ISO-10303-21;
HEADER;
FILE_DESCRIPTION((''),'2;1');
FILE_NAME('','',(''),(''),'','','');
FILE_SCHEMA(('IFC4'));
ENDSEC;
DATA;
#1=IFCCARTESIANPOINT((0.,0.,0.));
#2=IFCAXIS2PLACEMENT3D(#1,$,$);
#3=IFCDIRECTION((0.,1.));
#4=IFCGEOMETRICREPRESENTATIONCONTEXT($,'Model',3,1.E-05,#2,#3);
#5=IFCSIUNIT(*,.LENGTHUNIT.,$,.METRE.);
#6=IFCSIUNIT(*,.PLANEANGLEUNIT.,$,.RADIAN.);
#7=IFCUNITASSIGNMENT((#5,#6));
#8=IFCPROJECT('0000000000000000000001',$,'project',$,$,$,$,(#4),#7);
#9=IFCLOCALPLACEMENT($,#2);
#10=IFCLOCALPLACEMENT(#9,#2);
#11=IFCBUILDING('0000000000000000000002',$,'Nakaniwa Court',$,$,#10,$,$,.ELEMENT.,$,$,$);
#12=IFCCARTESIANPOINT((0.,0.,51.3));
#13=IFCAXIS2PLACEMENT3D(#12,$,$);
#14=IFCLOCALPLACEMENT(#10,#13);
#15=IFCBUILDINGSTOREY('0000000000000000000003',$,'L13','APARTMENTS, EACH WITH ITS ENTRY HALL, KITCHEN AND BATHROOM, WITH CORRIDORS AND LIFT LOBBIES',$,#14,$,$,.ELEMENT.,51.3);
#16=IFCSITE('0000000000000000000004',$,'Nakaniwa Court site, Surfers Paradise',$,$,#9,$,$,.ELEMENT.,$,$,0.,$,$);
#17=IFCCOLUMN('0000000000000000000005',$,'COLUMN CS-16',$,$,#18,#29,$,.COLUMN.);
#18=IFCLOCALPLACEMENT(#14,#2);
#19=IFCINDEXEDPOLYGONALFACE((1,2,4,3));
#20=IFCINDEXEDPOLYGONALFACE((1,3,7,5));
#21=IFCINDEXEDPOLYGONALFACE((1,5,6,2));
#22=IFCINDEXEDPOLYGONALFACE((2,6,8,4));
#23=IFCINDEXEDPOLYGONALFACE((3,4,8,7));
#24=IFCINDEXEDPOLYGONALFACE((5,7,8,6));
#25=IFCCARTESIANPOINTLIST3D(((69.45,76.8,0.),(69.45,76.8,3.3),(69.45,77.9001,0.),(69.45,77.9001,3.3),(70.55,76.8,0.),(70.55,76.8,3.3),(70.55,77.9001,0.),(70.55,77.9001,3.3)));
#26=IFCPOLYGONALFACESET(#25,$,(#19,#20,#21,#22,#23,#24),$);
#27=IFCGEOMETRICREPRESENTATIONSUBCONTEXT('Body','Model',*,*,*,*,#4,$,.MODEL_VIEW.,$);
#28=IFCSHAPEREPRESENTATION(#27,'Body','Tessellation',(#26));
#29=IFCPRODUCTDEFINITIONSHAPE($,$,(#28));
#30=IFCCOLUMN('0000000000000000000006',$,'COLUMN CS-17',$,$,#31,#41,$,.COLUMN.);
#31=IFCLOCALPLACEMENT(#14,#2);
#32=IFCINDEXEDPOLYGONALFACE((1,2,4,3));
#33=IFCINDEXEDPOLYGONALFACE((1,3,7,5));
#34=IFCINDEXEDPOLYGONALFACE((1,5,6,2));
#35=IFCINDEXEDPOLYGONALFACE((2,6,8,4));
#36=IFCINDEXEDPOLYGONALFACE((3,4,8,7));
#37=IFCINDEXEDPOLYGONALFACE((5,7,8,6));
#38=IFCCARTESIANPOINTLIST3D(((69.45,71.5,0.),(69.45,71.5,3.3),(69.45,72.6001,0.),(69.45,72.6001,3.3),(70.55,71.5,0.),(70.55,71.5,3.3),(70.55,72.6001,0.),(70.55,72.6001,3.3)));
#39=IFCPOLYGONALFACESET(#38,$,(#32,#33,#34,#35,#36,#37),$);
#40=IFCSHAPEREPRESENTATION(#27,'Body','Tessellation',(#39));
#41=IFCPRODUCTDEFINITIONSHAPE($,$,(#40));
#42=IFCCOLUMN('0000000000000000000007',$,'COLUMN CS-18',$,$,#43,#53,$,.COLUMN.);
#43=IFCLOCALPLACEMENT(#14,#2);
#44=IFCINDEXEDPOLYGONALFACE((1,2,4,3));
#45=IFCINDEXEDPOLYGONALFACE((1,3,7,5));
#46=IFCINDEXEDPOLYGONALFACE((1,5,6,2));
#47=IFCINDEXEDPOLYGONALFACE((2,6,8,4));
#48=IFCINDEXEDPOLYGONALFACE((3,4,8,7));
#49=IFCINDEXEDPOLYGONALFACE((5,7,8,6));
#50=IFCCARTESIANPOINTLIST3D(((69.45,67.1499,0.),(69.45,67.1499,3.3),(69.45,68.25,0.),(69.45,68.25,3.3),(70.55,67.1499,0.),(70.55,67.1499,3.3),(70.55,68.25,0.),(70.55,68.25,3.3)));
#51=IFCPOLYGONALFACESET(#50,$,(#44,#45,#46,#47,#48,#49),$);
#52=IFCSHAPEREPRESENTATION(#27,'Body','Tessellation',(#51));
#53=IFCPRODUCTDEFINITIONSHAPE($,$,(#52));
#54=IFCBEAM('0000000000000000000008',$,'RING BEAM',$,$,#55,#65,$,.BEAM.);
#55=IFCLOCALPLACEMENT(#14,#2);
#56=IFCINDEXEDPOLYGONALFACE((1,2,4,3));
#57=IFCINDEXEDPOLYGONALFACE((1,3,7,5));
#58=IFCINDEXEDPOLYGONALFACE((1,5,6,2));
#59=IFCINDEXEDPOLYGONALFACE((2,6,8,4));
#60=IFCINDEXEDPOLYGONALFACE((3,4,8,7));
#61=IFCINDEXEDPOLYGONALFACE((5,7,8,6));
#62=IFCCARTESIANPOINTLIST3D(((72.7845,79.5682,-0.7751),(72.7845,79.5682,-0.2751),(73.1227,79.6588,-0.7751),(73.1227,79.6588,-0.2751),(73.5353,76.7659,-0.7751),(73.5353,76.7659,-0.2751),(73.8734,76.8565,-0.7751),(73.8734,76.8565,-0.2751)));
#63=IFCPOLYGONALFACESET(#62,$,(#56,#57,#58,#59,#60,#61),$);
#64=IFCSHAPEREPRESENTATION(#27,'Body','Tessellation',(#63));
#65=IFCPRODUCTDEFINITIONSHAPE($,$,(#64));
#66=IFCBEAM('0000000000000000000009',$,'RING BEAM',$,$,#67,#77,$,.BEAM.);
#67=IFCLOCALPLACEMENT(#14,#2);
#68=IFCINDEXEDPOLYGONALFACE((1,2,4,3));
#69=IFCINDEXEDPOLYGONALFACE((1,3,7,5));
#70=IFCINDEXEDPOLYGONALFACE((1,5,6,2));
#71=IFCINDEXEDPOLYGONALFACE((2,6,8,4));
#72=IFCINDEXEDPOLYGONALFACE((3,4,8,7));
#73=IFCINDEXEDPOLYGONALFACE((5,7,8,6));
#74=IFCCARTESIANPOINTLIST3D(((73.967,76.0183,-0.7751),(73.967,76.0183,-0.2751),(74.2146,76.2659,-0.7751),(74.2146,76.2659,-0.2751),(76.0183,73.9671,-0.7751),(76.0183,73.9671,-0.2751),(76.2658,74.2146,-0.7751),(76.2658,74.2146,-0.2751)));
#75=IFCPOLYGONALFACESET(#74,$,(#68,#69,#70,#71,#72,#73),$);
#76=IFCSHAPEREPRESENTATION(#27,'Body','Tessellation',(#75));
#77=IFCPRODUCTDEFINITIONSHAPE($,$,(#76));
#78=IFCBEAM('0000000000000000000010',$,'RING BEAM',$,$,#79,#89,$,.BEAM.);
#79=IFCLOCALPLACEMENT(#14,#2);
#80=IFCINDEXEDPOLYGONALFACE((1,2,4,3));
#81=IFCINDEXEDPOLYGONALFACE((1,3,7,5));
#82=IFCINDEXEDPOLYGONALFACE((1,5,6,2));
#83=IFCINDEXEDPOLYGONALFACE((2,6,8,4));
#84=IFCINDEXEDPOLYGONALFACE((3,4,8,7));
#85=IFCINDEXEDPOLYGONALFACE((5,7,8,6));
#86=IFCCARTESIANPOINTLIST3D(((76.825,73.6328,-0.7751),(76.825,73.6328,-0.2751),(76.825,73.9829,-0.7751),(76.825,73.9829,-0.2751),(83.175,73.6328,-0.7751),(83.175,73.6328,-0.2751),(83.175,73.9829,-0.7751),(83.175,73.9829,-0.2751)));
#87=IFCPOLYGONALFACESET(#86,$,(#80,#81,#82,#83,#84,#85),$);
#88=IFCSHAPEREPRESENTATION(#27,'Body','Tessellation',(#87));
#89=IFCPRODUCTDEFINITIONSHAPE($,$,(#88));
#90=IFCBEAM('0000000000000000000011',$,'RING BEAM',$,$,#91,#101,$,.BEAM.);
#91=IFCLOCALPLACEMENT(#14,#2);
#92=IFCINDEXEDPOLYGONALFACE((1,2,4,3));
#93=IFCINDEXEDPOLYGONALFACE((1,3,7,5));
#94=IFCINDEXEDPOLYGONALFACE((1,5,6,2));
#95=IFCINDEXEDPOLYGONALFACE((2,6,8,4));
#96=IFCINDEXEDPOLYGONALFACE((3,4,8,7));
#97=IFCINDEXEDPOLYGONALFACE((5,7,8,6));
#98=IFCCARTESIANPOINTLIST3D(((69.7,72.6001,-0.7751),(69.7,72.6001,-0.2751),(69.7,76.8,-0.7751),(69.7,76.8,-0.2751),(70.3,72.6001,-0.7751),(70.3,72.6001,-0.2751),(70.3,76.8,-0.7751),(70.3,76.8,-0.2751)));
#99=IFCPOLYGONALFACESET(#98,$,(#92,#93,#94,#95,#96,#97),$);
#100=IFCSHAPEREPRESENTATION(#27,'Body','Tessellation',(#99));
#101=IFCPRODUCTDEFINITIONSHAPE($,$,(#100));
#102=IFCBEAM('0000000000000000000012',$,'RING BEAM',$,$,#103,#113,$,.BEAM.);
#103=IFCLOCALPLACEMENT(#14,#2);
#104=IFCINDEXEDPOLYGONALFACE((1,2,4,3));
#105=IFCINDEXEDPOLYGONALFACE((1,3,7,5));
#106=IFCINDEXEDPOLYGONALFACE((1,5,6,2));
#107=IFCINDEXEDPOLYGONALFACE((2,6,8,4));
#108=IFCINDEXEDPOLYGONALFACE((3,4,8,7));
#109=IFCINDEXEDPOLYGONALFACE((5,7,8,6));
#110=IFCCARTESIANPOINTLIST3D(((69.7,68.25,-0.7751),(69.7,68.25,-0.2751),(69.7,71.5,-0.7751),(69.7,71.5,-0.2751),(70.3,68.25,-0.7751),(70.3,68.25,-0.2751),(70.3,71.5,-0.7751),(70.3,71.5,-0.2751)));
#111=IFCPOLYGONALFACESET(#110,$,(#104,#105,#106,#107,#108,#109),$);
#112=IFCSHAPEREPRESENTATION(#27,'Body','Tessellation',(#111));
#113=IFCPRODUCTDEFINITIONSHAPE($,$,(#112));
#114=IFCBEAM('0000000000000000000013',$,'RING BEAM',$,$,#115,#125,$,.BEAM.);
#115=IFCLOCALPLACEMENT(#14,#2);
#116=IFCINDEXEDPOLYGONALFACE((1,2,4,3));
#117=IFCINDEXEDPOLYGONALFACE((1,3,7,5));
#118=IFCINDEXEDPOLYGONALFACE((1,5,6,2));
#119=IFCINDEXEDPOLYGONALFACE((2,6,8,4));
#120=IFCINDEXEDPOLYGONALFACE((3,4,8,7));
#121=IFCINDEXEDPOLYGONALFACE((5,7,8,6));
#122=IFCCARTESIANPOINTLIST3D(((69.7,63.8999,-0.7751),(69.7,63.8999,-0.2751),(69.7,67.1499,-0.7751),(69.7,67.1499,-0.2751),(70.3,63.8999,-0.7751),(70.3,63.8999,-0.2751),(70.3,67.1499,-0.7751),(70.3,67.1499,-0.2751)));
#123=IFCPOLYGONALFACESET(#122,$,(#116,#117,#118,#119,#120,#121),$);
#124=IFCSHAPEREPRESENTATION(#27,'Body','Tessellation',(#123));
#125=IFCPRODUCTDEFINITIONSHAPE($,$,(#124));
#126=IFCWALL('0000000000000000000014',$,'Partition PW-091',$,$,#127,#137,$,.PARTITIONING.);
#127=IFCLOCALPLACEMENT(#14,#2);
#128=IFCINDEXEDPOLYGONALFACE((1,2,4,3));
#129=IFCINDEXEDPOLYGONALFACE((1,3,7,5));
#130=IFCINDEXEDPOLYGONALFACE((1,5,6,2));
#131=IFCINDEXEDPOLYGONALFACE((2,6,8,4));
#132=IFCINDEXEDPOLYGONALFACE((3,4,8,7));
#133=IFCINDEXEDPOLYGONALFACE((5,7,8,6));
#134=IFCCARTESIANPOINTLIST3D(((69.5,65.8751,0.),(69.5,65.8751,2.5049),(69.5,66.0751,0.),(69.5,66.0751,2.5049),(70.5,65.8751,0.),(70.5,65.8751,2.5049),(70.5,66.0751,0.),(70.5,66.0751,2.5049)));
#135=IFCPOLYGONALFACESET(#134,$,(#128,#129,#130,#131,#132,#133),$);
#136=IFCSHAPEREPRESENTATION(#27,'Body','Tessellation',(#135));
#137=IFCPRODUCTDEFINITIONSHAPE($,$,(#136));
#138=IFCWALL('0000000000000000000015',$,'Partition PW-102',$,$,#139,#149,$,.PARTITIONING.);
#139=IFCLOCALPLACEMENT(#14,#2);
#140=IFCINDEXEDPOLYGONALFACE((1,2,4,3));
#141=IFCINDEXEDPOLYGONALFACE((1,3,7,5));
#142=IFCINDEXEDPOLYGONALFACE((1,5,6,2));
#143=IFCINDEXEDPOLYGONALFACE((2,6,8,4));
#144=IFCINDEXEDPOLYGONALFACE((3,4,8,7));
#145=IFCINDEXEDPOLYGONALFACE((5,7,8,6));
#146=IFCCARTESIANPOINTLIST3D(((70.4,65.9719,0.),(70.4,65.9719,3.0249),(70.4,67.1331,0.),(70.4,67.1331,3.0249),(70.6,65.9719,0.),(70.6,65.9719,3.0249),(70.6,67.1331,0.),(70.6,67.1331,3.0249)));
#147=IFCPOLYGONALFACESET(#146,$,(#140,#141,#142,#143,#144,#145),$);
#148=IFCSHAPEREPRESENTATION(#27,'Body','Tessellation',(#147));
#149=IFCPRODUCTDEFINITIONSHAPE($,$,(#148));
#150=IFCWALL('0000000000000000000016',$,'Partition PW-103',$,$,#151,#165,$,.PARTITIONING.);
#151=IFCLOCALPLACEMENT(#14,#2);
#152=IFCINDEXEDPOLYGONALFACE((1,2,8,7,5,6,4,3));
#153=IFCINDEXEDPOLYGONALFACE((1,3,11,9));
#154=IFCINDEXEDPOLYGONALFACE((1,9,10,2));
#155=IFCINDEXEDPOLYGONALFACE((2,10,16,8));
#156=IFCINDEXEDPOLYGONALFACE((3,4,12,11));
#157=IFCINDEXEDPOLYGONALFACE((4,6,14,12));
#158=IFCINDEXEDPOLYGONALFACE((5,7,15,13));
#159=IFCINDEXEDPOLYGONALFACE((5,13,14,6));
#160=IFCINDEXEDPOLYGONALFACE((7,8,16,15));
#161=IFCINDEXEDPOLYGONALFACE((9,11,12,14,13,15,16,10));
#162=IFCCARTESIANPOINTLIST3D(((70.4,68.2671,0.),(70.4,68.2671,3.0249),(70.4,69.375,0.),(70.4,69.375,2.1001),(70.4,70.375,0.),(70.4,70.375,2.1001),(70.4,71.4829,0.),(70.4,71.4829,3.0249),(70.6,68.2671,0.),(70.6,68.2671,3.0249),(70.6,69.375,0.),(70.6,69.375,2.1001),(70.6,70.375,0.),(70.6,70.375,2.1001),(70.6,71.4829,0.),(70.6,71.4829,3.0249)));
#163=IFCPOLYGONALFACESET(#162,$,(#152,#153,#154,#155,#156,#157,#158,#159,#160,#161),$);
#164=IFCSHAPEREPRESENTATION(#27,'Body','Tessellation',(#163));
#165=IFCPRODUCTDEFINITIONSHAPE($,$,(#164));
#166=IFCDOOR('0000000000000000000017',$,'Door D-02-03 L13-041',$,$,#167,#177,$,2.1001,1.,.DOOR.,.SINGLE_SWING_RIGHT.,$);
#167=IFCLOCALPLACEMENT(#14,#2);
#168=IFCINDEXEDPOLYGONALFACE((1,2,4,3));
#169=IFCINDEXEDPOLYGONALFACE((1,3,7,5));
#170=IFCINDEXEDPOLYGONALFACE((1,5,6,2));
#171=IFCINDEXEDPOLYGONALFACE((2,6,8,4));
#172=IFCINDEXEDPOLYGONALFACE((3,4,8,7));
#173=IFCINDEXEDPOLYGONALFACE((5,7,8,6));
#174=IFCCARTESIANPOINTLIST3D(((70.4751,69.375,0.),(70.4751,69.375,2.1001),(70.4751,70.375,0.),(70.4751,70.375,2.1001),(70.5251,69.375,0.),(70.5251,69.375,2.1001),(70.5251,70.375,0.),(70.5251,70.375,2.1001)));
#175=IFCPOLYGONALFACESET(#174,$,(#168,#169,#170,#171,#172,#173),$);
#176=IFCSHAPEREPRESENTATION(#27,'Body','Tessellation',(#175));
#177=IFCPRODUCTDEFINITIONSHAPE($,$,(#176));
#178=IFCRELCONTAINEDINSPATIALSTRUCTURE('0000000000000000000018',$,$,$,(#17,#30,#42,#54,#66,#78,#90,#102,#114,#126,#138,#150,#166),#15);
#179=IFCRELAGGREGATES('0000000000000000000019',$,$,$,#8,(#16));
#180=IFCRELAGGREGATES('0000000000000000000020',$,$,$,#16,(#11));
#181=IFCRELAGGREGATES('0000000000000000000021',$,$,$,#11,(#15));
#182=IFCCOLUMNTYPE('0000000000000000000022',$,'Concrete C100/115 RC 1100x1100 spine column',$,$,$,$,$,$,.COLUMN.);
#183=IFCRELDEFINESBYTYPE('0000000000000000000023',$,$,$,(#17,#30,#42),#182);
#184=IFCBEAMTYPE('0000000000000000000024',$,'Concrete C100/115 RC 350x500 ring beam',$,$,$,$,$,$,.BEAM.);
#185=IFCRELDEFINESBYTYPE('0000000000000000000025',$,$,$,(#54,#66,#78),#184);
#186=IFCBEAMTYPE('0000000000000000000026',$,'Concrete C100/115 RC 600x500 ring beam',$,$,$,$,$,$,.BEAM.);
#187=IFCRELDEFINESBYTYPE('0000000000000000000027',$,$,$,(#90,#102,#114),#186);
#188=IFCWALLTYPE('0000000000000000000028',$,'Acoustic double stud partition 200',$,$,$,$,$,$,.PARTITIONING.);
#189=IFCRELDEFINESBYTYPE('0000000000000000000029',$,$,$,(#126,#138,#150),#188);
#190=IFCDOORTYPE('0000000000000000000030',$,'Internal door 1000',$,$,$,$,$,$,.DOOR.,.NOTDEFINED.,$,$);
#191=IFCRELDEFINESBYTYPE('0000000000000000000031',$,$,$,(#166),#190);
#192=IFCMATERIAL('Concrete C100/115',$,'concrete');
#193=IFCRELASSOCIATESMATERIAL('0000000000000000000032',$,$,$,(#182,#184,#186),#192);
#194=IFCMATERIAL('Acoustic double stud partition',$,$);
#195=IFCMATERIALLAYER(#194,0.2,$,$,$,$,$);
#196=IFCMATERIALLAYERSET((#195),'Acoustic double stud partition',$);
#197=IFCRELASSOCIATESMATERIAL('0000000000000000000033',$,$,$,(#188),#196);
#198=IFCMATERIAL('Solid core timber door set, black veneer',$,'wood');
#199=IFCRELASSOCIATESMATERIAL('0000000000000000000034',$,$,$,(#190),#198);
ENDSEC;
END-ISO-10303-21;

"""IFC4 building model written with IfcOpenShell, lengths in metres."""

from ifc_helpers import new_model, si_unit, direction, frame, frame_2d, origin, origin_2d, place, context, subcontext, project, spatial, rectangle, extrude, material, layer, layer_set, material_profile, profile_set, type_object, element, fill, save


model = new_model("IFC4")

# Units and contexts
model_context = context("Model", 3, precision=1e-05, world=origin(), true_north=direction((0.0, 1.0)))
body_context = subcontext(model_context, "Body", "Model", "MODEL_VIEW")
ifc_project = project(units=[si_unit("LENGTHUNIT", "METRE"), si_unit("PLANEANGLEUNIT", "RADIAN")], contexts=[model_context])

# Site, building, storey
site_placement = place(None, origin())
site = spatial("IfcSite", under=ifc_project, at=site_placement, Name="Nakaniwa Court site, Surfers Paradise", CompositionType="ELEMENT", RefElevation=0.0)
building_placement = place(site_placement, origin())
building = spatial("IfcBuilding", under=site, at=building_placement, Name="Nakaniwa Court", CompositionType="ELEMENT")
storey_placement = place(building_placement, frame((0.0, 0.0, 51.3)))
storey = spatial("IfcBuildingStorey", under=building, at=storey_placement, Name="L13", Description="APARTMENTS, EACH WITH ITS ENTRY HALL, KITCHEN AND BATHROOM, WITH CORRIDORS AND LIFT LOBBIES", CompositionType="ELEMENT", Elevation=51.3)

# Columns
ifc_material_1 = material(Name="Concrete C100/115", Category="concrete")
ifc_material_profile_1 = material_profile(ifc_material_1, rectangle(XDim=1.1001, YDim=1.1001, at=origin_2d()), Name="Concrete C100/115 RC 1100x1100 spine column")
ifc_profile_set_1 = profile_set([ifc_material_profile_1], Name="Concrete C100/115")
column_type_1 = type_object("IfcColumnType", Name="Concrete C100/115 RC 1100x1100 spine column", PredefinedType="COLUMN", material=ifc_profile_set_1)
for number, where, z_axis, x_axis, name in (
    (1, (70.0, 77.3501, 0.0), (0.0, 0.0, 1.0), (0.0, -1.0, 0.0), "COLUMN CS-16"),
    (2, (70.0, 72.05, 0.0), (0.0, 0.0, 1.0), (0.0, -1.0, 0.0), "COLUMN CS-17"),
    (3, (70.0, 67.7, 0.0), (0.0, 0.0, 1.0), (0.0, -1.0, 0.0), "COLUMN CS-18"),
):
    element("IfcColumn", number, at=place(storey_placement, frame(where, z_axis=z_axis, x_axis=x_axis)), inside=storey, type_object=column_type_1, Name=name, PredefinedType="COLUMN", context=body_context, shape_type="SweptSolid", body=[
        extrude(rectangle(XDim=1.1001, YDim=1.1001, at=origin_2d()), origin(), (0.0, 0.0, 1.0), 3.3),
    ])

# Beams
ifc_material_profile_2 = material_profile(ifc_material_1, rectangle(XDim=0.3501, YDim=0.5, at=origin_2d()), Name="Concrete C100/115 RC 350x500 ring beam")
ifc_profile_set_2 = profile_set([ifc_material_profile_2], Name="Concrete C100/115")
beam_type_1 = type_object("IfcBeamType", Name="Concrete C100/115 RC 350x500 ring beam", PredefinedType="BEAM", material=ifc_profile_set_2)
beam_1_placement = place(storey_placement, frame((72.9536, 79.6135, -0.5251), z_axis=(0.258778, -0.965937, 0.0), x_axis=(0.965937, 0.258778, 0.0)))
element("IfcBeam", 4, at=beam_1_placement, inside=storey, type_object=beam_type_1, Name="RING BEAM", PredefinedType="BEAM", context=body_context, shape_type="SweptSolid", body=[
    extrude(rectangle(XDim=0.3501, YDim=0.5, at=origin_2d()), origin(), (0.0, 0.0, 1.0), 2.9011),
])
beam_2_placement = place(storey_placement, frame((74.0908, 76.1421, -0.5251), z_axis=(0.707107, -0.707107, 0.0), x_axis=(0.707107, 0.707107, 0.0)))
element("IfcBeam", 5, at=beam_2_placement, inside=storey, type_object=beam_type_1, Name="RING BEAM", PredefinedType="BEAM", context=body_context, shape_type="SweptSolid", body=[
    extrude(rectangle(XDim=0.3501, YDim=0.5, at=origin_2d()), origin(), (0.0, 0.0, 1.0), 2.9009),
])
beam_3_placement = place(storey_placement, frame((76.825, 73.8079, -0.5251), z_axis=(1.0, 0.0, 0.0), x_axis=(0.0, 1.0, 0.0)))
element("IfcBeam", 6, at=beam_3_placement, inside=storey, type_object=beam_type_1, Name="RING BEAM", PredefinedType="BEAM", context=body_context, shape_type="SweptSolid", body=[
    extrude(rectangle(XDim=0.3501, YDim=0.5, at=origin_2d()), origin(), (0.0, 0.0, 1.0), 6.3501),
])
ifc_material_profile_3 = material_profile(ifc_material_1, rectangle(XDim=0.6001, YDim=0.5, at=origin_2d()), Name="Concrete C100/115 RC 600x500 ring beam")
ifc_profile_set_3 = profile_set([ifc_material_profile_3], Name="Concrete C100/115")
beam_type_2 = type_object("IfcBeamType", Name="Concrete C100/115 RC 600x500 ring beam", PredefinedType="BEAM", material=ifc_profile_set_3)
beam_4_placement = place(storey_placement, frame((70.0, 76.8, -0.5251), z_axis=(0.0, -1.0, 0.0), x_axis=(1.0, 0.0, 0.0)))
element("IfcBeam", 7, at=beam_4_placement, inside=storey, type_object=beam_type_2, Name="RING BEAM", PredefinedType="BEAM", context=body_context, shape_type="SweptSolid", body=[
    extrude(rectangle(XDim=0.6001, YDim=0.5, at=origin_2d()), origin(), (0.0, 0.0, 1.0), 4.2),
])
for number, where, z_axis, x_axis, name in (
    (8, (70.0, 71.5, -0.5251), (0.0, -1.0, 0.0), (1.0, 0.0, 0.0), "RING BEAM"),
    (9, (70.0, 67.1499, -0.5251), (0.0, -1.0, 0.0), (1.0, 0.0, 0.0), "RING BEAM"),
):
    element("IfcBeam", number, at=place(storey_placement, frame(where, z_axis=z_axis, x_axis=x_axis)), inside=storey, type_object=beam_type_2, Name=name, PredefinedType="BEAM", context=body_context, shape_type="SweptSolid", body=[
        extrude(rectangle(XDim=0.6001, YDim=0.5, at=origin_2d()), origin(), (0.0, 0.0, 1.0), 3.25),
    ])

# Walls
ifc_material_2 = material(Name="Acoustic double stud partition")
ifc_layer_1 = layer(ifc_material_2, 0.2)
ifc_layer_set_1 = layer_set([ifc_layer_1], Name="Acoustic double stud partition")
wall_type_1 = type_object("IfcWallType", Name="Acoustic double stud partition 200", PredefinedType="PARTITIONING", material=ifc_layer_set_1)
wall_1_placement = place(storey_placement, frame((69.5, 65.9751, 0.0), z_axis=(0.0, 0.0, 1.0), x_axis=(1.0, 0.0, 0.0)))
element("IfcWall", 10, at=wall_1_placement, inside=storey, type_object=wall_type_1, Name="Partition PW-091", PredefinedType="PARTITIONING", context=body_context, shape_type="SweptSolid", body=[
    extrude(rectangle(XDim=1.0, YDim=0.2, at=frame_2d((0.5, 0.0))), origin(), (0.0, 0.0, 1.0), 2.5049),
])
wall_2_placement = place(storey_placement, frame((70.5, 65.9719, 0.0), z_axis=(0.0, 0.0, 1.0), x_axis=(0.0, 1.0, 0.0)))
element("IfcWall", 11, at=wall_2_placement, inside=storey, type_object=wall_type_1, Name="Partition PW-102", PredefinedType="PARTITIONING", context=body_context, shape_type="SweptSolid", body=[
    extrude(rectangle(XDim=1.1611, YDim=0.2, at=frame_2d((0.5806, 0.0))), origin(), (0.0, 0.0, 1.0), 3.0249),
])

# Wall, opening, door
wall_3_placement = place(storey_placement, frame((70.5, 68.2671, 0.0), z_axis=(0.0, 0.0, 1.0), x_axis=(0.0, 1.0, 0.0)))
wall_3 = element("IfcWall", 12, at=wall_3_placement, inside=storey, type_object=wall_type_1, Name="Partition PW-103", PredefinedType="PARTITIONING", context=body_context, shape_type="SweptSolid", body=[
    extrude(rectangle(XDim=3.2158, YDim=0.2, at=frame_2d((1.6079, 0.0))), origin(), (0.0, 0.0, 1.0), 3.0249),
])
opening_1_placement = place(wall_3_placement, frame((1.1079, 0.0, 0.0)))
opening_1 = element("IfcOpeningElement", 13, at=opening_1_placement, cuts=wall_3, PredefinedType="OPENING", context=body_context, shape_type="SweptSolid", body=[
    extrude(rectangle(XDim=1.0, YDim=2.1001, at=frame_2d((0.5, 1.05))), frame((0.0, 0.1099, 0.0), z_axis=(0.0, -1.0, 0.0), x_axis=(1.0, 0.0, 0.0)), (0.0, 0.0, 1.0), 0.22),
])
ifc_material_3 = material(Name="Solid core timber door set, black veneer", Category="wood")
door_type_1 = type_object("IfcDoorType", Name="Internal door 1000", OperationType="NOTDEFINED", PredefinedType="DOOR", material=ifc_material_3)
door_1_placement = place(opening_1_placement, origin())
door_1 = element("IfcDoor", 14, at=door_1_placement, inside=storey, type_object=door_type_1, Name="Door D-02-03 L13-041", OperationType="SINGLE_SWING_RIGHT", OverallHeight=2.1001, OverallWidth=1.0, PredefinedType="DOOR", context=body_context, shape_type="SweptSolid", body=[
    extrude(rectangle(XDim=1.0, YDim=2.1001, at=frame_2d((0.5, 1.05))), frame((0.0, 0.0249, 0.0), z_axis=(0.0, -1.0, 0.0), x_axis=(1.0, 0.0, 0.0)), (0.0, 0.0, 1.0), 0.05),
])
fill(opening_1, door_1)

save(model, "model.ifc")
